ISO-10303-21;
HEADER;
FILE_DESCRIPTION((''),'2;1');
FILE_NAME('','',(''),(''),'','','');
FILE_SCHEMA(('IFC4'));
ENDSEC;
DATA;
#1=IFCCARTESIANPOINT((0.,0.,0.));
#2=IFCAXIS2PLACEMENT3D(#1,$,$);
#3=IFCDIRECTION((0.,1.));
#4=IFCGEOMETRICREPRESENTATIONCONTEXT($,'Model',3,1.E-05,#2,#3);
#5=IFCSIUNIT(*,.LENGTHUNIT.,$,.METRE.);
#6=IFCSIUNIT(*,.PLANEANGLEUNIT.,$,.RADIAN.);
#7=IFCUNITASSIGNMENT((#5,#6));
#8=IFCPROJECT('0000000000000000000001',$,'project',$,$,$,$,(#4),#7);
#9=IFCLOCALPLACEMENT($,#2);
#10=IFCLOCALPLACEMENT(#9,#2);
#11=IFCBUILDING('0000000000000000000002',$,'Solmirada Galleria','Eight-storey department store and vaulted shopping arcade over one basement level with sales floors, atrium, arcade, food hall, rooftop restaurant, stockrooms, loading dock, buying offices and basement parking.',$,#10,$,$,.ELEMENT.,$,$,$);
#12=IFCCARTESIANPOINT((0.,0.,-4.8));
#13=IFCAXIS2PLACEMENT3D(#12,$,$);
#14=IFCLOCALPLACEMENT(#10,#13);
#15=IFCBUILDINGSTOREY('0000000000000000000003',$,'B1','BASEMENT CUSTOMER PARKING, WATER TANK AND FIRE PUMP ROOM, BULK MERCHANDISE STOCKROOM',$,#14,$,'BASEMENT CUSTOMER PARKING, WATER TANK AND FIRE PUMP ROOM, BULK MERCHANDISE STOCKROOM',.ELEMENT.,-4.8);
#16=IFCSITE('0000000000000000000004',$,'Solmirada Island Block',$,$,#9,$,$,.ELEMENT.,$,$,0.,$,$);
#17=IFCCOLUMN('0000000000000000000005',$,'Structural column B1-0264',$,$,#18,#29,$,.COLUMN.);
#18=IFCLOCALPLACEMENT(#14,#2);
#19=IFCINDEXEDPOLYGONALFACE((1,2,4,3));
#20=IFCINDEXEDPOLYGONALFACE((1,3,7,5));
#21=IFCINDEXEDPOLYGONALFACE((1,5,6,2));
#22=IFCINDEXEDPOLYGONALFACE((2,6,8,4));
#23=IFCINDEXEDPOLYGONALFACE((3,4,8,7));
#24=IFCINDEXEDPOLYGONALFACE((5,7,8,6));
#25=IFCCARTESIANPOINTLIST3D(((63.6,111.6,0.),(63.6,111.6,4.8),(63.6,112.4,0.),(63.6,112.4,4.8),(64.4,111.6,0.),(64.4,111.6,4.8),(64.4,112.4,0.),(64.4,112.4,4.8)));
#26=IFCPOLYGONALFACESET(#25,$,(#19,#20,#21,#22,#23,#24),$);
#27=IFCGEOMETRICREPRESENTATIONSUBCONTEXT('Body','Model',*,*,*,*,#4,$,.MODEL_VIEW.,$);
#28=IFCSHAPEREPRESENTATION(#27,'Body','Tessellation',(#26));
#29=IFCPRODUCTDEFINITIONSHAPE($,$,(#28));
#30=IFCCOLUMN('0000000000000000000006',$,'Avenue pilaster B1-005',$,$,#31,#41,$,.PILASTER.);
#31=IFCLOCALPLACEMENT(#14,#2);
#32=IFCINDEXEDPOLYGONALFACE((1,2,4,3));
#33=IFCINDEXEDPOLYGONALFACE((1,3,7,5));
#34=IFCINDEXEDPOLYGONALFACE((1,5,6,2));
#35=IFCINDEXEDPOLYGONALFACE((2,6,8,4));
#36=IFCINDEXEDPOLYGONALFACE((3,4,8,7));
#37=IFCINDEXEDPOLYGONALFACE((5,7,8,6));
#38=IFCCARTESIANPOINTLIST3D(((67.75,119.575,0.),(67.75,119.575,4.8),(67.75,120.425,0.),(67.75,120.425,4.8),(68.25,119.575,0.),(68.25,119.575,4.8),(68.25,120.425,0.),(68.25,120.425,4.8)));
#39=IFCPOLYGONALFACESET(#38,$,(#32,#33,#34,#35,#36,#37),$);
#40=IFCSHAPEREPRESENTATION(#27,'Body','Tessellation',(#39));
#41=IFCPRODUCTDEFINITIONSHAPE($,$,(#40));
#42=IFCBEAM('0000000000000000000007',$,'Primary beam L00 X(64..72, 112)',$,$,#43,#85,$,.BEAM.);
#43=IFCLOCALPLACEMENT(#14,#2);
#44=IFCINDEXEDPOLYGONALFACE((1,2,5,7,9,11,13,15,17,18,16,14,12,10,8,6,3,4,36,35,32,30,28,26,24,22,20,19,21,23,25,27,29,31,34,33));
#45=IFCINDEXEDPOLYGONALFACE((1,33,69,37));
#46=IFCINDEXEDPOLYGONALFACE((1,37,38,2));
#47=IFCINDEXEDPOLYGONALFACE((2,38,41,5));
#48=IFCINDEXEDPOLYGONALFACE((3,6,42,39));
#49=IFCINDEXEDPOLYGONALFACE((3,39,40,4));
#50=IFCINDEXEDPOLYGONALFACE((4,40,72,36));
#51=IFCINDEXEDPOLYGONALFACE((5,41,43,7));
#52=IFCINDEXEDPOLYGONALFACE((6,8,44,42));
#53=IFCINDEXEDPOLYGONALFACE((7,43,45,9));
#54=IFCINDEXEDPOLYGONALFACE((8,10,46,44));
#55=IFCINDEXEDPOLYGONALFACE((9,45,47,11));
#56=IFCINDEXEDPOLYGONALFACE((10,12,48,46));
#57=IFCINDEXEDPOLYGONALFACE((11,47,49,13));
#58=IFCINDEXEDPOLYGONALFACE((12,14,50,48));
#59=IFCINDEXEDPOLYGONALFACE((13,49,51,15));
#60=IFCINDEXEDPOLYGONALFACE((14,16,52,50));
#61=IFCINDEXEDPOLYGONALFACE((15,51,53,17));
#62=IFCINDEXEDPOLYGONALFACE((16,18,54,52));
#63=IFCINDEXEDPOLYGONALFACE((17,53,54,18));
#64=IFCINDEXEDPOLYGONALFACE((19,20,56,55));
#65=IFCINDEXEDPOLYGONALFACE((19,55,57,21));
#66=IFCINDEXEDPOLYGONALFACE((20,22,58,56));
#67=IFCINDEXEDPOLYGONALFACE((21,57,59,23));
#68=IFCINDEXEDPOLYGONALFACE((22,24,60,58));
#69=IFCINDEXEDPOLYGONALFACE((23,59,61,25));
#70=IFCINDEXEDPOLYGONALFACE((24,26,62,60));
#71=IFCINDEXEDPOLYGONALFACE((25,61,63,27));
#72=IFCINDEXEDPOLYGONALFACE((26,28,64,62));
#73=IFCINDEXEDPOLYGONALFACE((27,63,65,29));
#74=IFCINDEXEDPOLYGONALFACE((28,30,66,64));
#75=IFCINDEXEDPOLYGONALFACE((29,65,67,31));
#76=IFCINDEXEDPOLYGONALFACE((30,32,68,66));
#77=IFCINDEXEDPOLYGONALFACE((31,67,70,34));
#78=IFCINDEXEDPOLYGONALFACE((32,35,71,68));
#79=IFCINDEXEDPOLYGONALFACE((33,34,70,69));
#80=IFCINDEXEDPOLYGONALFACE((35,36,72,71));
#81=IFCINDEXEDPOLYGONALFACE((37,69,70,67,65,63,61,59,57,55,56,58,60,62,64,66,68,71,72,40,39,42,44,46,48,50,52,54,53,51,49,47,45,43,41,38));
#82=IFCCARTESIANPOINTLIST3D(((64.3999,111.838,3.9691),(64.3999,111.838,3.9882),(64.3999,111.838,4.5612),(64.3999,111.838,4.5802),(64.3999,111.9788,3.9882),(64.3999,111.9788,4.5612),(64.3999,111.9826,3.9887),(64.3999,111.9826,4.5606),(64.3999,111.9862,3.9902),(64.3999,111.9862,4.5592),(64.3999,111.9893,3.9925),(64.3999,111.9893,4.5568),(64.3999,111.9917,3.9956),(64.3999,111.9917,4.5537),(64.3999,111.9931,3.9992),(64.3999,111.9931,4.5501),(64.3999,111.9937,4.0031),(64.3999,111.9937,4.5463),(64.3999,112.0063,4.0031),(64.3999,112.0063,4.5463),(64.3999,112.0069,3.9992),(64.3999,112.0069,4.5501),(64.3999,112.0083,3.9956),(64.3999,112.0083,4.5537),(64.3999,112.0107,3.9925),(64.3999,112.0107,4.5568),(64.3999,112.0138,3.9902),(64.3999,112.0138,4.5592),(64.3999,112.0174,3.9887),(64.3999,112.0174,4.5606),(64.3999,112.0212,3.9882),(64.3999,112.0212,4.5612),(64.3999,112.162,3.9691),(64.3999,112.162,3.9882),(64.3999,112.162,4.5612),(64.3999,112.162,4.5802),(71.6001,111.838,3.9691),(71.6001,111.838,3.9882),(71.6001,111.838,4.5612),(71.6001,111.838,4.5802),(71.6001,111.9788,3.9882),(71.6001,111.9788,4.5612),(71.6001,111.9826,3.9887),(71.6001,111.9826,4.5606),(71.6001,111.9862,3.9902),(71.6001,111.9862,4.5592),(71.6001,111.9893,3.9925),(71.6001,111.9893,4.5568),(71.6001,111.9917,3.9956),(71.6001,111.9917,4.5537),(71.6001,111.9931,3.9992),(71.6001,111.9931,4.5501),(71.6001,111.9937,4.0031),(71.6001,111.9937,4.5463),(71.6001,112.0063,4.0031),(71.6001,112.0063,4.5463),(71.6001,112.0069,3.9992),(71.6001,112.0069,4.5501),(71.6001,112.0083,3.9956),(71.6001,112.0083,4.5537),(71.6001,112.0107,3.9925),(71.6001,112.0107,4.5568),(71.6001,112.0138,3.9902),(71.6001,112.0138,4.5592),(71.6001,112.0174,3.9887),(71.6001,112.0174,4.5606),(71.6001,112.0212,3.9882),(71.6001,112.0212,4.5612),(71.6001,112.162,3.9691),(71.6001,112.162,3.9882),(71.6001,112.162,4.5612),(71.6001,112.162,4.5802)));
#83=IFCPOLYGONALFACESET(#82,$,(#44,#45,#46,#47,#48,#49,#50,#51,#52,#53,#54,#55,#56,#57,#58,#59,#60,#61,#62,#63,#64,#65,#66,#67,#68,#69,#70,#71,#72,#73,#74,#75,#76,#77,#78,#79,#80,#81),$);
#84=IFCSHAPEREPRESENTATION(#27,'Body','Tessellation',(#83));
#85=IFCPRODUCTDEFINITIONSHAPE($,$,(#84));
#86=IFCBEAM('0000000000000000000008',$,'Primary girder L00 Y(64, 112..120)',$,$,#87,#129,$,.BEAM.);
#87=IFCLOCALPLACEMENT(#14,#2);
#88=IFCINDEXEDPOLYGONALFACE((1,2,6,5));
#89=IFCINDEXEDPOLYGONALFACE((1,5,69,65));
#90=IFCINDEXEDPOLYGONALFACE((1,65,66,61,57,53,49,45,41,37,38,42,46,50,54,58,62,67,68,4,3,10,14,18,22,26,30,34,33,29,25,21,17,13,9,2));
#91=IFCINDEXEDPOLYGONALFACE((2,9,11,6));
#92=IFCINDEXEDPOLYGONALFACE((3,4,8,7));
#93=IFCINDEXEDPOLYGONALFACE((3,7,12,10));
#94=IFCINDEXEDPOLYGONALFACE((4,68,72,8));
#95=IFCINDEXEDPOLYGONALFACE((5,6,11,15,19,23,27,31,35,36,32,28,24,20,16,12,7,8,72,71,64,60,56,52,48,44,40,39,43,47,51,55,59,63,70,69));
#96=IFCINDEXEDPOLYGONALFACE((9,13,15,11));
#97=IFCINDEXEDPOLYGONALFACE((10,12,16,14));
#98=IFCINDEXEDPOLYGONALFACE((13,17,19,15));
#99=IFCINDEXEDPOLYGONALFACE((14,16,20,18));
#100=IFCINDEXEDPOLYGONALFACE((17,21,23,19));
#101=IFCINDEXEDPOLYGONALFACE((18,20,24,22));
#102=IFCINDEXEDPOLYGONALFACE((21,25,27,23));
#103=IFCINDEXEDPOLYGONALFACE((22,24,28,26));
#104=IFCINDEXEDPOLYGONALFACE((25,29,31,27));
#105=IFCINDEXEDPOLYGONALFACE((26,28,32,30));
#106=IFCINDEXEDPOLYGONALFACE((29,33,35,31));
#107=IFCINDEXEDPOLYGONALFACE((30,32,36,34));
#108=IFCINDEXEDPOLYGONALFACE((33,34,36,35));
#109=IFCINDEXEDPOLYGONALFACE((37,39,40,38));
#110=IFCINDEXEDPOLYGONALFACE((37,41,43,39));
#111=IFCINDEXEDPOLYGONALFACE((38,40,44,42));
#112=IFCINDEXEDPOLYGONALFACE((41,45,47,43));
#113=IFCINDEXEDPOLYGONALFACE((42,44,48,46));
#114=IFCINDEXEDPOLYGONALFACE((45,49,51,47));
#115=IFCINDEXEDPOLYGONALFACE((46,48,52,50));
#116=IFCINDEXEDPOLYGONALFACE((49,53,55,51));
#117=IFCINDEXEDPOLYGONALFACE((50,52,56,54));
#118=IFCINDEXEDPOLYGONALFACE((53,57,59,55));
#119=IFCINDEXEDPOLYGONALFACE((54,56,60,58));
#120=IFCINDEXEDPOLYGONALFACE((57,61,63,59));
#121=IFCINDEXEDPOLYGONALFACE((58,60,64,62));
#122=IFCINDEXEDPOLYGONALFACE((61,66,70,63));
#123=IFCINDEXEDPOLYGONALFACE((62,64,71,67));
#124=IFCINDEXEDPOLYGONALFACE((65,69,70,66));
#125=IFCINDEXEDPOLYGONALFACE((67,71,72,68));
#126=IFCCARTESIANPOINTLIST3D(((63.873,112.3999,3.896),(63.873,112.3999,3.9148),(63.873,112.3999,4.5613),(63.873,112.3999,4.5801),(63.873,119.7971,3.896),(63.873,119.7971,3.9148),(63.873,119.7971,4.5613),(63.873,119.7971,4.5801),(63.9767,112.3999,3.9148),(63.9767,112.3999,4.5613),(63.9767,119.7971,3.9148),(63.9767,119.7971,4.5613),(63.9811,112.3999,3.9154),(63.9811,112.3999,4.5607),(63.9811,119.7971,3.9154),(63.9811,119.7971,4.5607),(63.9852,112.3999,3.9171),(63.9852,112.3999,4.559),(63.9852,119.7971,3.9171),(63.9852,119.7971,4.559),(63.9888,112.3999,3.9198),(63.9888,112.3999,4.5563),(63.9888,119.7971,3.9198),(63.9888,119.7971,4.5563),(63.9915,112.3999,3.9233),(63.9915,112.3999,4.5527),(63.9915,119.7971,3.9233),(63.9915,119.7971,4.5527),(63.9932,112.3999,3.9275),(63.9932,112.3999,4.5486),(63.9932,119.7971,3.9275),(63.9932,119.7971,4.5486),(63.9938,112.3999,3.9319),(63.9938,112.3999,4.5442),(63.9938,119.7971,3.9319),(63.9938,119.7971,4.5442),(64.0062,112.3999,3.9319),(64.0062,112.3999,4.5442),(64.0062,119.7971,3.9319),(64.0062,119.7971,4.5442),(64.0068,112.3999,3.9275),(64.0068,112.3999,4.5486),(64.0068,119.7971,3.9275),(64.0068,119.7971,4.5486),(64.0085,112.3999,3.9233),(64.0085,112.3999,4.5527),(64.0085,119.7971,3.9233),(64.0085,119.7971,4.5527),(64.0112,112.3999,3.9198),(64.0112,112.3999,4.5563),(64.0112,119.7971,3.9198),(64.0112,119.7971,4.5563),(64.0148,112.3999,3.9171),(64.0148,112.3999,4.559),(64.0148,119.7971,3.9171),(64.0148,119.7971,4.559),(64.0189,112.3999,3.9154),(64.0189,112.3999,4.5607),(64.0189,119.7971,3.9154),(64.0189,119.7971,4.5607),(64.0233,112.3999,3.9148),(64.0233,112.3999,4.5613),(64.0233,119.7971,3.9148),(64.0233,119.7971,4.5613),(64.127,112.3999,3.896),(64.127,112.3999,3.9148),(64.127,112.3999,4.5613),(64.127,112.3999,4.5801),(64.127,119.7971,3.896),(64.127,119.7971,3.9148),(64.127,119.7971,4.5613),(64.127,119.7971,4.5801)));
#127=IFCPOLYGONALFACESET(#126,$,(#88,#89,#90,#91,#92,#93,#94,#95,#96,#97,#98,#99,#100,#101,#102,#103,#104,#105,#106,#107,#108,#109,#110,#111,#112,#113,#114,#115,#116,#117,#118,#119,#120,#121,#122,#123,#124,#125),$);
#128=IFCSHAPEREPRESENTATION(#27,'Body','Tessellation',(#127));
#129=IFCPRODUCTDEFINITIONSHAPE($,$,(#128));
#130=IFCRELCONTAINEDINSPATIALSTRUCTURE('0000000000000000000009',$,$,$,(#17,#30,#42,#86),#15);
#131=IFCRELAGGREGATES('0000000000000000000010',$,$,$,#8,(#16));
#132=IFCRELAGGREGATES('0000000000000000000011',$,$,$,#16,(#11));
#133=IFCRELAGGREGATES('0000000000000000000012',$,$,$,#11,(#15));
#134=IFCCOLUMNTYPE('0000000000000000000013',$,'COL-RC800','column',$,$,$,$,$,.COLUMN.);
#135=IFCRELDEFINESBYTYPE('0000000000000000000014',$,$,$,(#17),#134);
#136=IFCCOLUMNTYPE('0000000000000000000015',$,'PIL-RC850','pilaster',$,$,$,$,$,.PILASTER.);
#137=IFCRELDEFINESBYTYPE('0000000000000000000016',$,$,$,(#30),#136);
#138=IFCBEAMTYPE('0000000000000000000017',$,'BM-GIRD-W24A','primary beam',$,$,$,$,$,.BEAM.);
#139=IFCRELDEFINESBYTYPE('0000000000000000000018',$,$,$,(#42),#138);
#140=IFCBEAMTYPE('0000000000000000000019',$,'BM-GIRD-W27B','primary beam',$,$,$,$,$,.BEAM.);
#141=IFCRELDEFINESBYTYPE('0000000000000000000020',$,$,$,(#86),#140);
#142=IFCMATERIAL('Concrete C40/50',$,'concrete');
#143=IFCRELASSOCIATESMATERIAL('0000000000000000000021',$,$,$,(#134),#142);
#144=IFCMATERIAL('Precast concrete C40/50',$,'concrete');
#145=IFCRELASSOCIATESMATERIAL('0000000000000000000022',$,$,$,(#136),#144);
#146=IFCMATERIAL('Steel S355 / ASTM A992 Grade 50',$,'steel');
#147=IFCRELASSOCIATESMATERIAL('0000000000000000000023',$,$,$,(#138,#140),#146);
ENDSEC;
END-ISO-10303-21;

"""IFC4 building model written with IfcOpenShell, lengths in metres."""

from ifc_helpers import new_model, si_unit, direction, frame, origin, origin_2d, place, context, subcontext, project, spatial, rectangle, i_section, extrude, material, material_profile, profile_set, type_object, element, save


model = new_model("IFC4")

# Units and contexts
model_context = context("Model", 3, precision=1e-05, world=origin(), true_north=direction((0.0, 1.0)))
body_context = subcontext(model_context, "Body", "Model", "MODEL_VIEW")
ifc_project = project(units=[si_unit("LENGTHUNIT", "METRE"), si_unit("PLANEANGLEUNIT", "RADIAN")], contexts=[model_context])

# Site, building, storey
site_placement = place(None, origin())
site = spatial("IfcSite", under=ifc_project, at=site_placement, Name="Solmirada Island Block", CompositionType="ELEMENT", RefElevation=0.0)
building_placement = place(site_placement, origin())
building = spatial("IfcBuilding", under=site, at=building_placement, Name="Solmirada Galleria", Description="Eight-storey department store and vaulted shopping arcade over one basement level with sales floors, atrium, arcade, food hall, rooftop restaurant, stockrooms, loading dock, buying offices and basement parking.", CompositionType="ELEMENT")
storey_placement = place(building_placement, frame((0.0, 0.0, -4.8)))
storey = spatial("IfcBuildingStorey", under=building, at=storey_placement, Name="B1", Description="BASEMENT CUSTOMER PARKING, WATER TANK AND FIRE PUMP ROOM, BULK MERCHANDISE STOCKROOM", LongName="BASEMENT CUSTOMER PARKING, WATER TANK AND FIRE PUMP ROOM, BULK MERCHANDISE STOCKROOM", CompositionType="ELEMENT", Elevation=-4.8)

# Shared definitions
ifc_material_1 = material(Name="Concrete C40/50", Category="concrete")

# Columns
ifc_material_profile_1 = material_profile(ifc_material_1, rectangle(XDim=0.8, YDim=0.8, at=origin_2d()), Name="RC800X800")
ifc_profile_set_1 = profile_set([ifc_material_profile_1], Name="Concrete C40/50")
column_type_1 = type_object("IfcColumnType", Name="COL-RC800", Description="column", PredefinedType="COLUMN", material=ifc_profile_set_1)
column_1_placement = place(storey_placement, frame((64.0, 112.0, 0.0), z_axis=(0.0, 0.0, 1.0), x_axis=(1.0, 0.0, 0.0)))
element("IfcColumn", 1, at=column_1_placement, inside=storey, type_object=column_type_1, Name="Structural column B1-0264", PredefinedType="COLUMN", context=body_context, shape_type="SweptSolid", body=[
    extrude(rectangle(XDim=0.8, YDim=0.8, at=origin_2d()), origin(), (0.0, 0.0, 1.0), 4.8),
])
ifc_material_2 = material(Name="Precast concrete C40/50", Category="concrete")
ifc_material_profile_2 = material_profile(ifc_material_2, rectangle(XDim=0.5, YDim=0.8501, at=origin_2d()), Name="RC850X500")
ifc_profile_set_2 = profile_set([ifc_material_profile_2], Name="Precast concrete C40/50")
column_type_2 = type_object("IfcColumnType", Name="PIL-RC850", Description="pilaster", PredefinedType="PILASTER", material=ifc_profile_set_2)
column_2_placement = place(storey_placement, frame((68.0, 120.0, 0.0), z_axis=(0.0, 0.0, 1.0), x_axis=(1.0, 0.0, 0.0)))
element("IfcColumn", 2, at=column_2_placement, inside=storey, type_object=column_type_2, Name="Avenue pilaster B1-005", PredefinedType="PILASTER", context=body_context, shape_type="SweptSolid", body=[
    extrude(rectangle(XDim=0.5, YDim=0.8501, at=origin_2d()), origin(), (0.0, 0.0, 1.0), 4.8),
])

# Beams
ifc_material_3 = material(Name="Steel S355 / ASTM A992 Grade 50", Category="steel")
ifc_material_profile_3 = material_profile(ifc_material_3, i_section(OverallWidth=0.324, OverallDepth=0.6111, WebThickness=0.0127, FlangeThickness=0.019, FilletRadius=0.0149, at=origin_2d()), Name="W24X104")
ifc_profile_set_3 = profile_set([ifc_material_profile_3], Name="Steel S355 / ASTM A992 Grade 50")
beam_type_1 = type_object("IfcBeamType", Name="BM-GIRD-W24A", Description="primary beam", PredefinedType="BEAM", material=ifc_profile_set_3)
beam_1_placement = place(storey_placement, frame((64.3999, 112.0, 4.2747), z_axis=(1.0, 0.0, 0.0), x_axis=(0.0, 1.0, 0.0)))
element("IfcBeam", 3, at=beam_1_placement, inside=storey, type_object=beam_type_1, Name="Primary beam L00 X(64..72, 112)", PredefinedType="BEAM", context=body_context, shape_type="SweptSolid", body=[
    extrude(i_section(OverallWidth=0.324, OverallDepth=0.6111, WebThickness=0.0127, FlangeThickness=0.019, FilletRadius=0.0149, at=origin_2d()), origin(), (0.0, 0.0, 1.0), 7.2002),
])
ifc_material_profile_4 = material_profile(ifc_material_3, i_section(OverallWidth=0.2539, OverallDepth=0.6841, WebThickness=0.0125, FlangeThickness=0.0188, FilletRadius=0.0171, at=origin_2d()), Name="W27X94")
ifc_profile_set_4 = profile_set([ifc_material_profile_4], Name="Steel S355 / ASTM A992 Grade 50")
beam_type_2 = type_object("IfcBeamType", Name="BM-GIRD-W27B", Description="primary beam", PredefinedType="BEAM", material=ifc_profile_set_4)
beam_2_placement = place(storey_placement, frame((64.0, 112.3999, 4.238), z_axis=(0.0, 1.0, 0.0), x_axis=(-1.0, 0.0, 0.0)))
element("IfcBeam", 4, at=beam_2_placement, inside=storey, type_object=beam_type_2, Name="Primary girder L00 Y(64, 112..120)", PredefinedType="BEAM", context=body_context, shape_type="SweptSolid", body=[
    extrude(i_section(OverallWidth=0.2539, OverallDepth=0.6841, WebThickness=0.0125, FlangeThickness=0.0188, FilletRadius=0.0171, at=origin_2d()), origin(), (0.0, 0.0, 1.0), 7.3972),
])

save(model, "model.ifc")
